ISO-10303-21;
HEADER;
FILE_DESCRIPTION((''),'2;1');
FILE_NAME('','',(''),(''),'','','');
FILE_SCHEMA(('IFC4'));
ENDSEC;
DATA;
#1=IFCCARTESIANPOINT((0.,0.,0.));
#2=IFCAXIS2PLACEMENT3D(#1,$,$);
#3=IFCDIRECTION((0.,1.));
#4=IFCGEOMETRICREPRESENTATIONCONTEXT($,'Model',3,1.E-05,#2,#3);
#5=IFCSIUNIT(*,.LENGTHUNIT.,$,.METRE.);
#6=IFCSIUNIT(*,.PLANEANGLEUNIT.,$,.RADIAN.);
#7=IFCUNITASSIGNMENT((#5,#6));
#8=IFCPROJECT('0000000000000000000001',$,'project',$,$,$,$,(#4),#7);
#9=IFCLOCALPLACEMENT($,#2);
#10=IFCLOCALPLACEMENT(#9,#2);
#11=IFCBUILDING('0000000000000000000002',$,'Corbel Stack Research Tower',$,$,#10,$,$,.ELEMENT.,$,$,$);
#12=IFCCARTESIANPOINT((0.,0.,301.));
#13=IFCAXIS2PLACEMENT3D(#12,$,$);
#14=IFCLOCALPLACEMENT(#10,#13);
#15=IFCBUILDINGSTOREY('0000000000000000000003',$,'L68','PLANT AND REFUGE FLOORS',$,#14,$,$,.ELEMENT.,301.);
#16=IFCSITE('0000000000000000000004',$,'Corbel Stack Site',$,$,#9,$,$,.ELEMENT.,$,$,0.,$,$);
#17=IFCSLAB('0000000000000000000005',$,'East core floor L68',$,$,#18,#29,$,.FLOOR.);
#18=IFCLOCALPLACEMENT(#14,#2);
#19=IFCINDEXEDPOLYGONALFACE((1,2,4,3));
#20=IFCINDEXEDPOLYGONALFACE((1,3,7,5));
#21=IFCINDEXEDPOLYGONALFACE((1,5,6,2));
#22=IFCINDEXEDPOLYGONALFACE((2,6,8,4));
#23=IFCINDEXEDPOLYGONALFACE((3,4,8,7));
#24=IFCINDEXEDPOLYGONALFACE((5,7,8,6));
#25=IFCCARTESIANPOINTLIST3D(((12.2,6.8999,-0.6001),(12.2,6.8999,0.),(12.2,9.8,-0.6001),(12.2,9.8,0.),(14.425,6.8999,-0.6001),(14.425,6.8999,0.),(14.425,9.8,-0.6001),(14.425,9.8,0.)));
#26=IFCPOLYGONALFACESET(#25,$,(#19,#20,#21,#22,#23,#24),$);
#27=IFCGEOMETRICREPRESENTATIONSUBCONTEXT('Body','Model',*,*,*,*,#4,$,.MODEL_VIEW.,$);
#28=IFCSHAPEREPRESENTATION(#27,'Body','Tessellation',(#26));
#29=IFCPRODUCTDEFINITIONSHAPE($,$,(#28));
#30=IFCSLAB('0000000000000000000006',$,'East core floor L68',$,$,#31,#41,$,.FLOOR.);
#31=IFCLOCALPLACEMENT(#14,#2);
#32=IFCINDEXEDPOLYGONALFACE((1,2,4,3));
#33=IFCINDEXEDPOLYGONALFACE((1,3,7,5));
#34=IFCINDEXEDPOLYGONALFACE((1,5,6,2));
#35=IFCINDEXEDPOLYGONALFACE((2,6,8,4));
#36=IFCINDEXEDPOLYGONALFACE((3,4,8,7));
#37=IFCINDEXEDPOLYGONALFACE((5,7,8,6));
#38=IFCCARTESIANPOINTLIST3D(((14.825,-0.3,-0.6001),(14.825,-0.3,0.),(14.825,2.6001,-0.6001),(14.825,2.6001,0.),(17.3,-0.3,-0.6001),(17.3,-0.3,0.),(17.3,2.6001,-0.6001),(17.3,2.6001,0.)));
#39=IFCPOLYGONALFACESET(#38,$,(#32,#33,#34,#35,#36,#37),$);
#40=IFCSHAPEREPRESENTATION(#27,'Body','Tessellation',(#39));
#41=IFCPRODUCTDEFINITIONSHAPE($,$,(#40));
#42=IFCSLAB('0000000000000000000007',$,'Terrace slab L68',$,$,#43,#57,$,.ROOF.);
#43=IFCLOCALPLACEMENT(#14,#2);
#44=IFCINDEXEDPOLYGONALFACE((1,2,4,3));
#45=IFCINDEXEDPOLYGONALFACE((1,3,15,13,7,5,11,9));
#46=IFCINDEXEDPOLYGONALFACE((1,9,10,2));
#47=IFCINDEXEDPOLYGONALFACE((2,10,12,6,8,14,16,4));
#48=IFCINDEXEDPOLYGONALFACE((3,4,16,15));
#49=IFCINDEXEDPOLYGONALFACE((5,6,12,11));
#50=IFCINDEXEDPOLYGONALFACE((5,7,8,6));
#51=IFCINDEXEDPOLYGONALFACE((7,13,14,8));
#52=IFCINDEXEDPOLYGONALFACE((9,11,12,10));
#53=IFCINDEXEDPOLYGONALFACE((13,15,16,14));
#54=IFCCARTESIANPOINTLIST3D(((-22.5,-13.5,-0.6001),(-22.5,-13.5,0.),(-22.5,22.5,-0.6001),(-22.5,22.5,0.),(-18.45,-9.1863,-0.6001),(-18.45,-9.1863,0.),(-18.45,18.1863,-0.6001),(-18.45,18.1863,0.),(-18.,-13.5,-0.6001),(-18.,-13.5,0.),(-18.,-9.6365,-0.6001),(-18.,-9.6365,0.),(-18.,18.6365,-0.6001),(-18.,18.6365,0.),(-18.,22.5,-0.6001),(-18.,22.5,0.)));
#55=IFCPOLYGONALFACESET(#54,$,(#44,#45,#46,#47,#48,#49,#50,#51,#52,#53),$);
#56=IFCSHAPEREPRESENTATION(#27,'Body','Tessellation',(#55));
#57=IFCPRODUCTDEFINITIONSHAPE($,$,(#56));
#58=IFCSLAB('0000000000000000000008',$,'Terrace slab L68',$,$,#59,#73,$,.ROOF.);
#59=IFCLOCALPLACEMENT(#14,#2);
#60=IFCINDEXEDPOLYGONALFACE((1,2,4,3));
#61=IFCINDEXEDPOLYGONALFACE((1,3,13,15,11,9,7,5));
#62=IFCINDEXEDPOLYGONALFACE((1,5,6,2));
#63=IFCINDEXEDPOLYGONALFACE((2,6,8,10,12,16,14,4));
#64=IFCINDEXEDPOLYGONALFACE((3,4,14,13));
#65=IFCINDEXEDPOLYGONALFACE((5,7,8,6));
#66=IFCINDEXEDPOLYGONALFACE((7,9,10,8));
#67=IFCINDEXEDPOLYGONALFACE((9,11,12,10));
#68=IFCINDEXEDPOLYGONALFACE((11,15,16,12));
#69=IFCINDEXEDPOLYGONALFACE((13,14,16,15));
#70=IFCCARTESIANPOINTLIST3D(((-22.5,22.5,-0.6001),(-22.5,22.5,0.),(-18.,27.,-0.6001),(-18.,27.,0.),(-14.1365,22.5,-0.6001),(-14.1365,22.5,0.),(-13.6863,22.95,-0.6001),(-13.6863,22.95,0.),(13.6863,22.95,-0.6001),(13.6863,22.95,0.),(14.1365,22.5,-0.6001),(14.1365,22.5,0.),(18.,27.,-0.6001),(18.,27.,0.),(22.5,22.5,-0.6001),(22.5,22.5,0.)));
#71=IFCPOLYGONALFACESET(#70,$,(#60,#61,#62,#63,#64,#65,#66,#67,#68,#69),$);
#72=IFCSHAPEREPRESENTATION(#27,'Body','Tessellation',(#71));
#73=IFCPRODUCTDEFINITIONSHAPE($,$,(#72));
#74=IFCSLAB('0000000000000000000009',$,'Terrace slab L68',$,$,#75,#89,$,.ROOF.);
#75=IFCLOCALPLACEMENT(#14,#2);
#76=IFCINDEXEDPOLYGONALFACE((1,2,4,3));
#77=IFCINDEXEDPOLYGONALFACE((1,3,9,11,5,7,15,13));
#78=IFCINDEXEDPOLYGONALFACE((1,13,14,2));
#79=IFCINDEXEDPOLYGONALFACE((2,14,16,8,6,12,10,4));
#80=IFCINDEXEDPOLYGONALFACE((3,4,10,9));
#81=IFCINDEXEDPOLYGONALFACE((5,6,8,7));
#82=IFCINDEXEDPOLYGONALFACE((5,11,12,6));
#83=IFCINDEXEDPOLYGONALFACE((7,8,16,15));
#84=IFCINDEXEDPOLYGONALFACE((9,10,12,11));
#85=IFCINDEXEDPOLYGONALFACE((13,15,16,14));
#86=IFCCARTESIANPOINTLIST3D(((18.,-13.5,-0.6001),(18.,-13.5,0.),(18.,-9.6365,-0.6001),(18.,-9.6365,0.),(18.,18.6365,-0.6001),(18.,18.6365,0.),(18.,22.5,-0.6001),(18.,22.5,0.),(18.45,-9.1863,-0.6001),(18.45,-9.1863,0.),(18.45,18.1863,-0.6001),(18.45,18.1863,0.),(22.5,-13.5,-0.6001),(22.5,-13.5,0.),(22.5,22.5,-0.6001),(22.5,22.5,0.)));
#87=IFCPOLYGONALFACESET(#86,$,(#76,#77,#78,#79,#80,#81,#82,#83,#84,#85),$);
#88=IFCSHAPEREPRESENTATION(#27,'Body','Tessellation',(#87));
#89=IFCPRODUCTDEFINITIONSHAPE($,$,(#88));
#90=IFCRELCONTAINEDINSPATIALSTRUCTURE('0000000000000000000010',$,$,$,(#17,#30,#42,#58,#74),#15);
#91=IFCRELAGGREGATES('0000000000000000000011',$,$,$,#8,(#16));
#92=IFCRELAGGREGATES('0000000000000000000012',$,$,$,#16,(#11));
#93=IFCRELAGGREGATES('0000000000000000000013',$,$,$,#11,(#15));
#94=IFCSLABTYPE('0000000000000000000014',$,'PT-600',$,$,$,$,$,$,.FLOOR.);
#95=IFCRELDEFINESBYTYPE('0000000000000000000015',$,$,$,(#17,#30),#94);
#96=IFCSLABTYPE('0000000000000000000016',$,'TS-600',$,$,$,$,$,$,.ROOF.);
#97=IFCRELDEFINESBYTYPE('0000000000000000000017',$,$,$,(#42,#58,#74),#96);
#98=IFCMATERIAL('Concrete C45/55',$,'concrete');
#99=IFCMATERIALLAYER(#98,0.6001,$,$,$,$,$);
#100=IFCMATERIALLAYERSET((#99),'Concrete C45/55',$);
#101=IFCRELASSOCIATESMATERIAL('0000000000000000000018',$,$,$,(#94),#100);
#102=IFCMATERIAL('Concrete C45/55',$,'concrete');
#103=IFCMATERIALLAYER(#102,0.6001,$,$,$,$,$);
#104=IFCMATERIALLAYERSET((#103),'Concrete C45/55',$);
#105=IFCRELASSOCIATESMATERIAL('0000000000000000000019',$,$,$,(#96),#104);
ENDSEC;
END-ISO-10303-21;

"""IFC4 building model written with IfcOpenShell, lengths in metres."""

from ifc_helpers import new_model, si_unit, direction, frame, origin, place, context, subcontext, project, spatial, polyline, outline, extrude, material, layer, layer_set, type_object, element, save


model = new_model("IFC4")

# Units and contexts
model_context = context("Model", 3, precision=1e-05, world=origin(), true_north=direction((0.0, 1.0)))
body_context = subcontext(model_context, "Body", "Model", "MODEL_VIEW")
ifc_project = project(units=[si_unit("LENGTHUNIT", "METRE"), si_unit("PLANEANGLEUNIT", "RADIAN")], contexts=[model_context])

# Site, building, storey
site_placement = place(None, origin())
site = spatial("IfcSite", under=ifc_project, at=site_placement, Name="Corbel Stack Site", CompositionType="ELEMENT", RefElevation=0.0)
building_placement = place(site_placement, origin())
building = spatial("IfcBuilding", under=site, at=building_placement, Name="Corbel Stack Research Tower", CompositionType="ELEMENT")
storey_placement = place(building_placement, frame((0.0, 0.0, 301.0)))
storey = spatial("IfcBuildingStorey", under=building, at=storey_placement, Name="L68", Description="PLANT AND REFUGE FLOORS", CompositionType="ELEMENT", Elevation=301.0)

# Slabs
ifc_material_1 = material(Name="Concrete C45/55", Category="concrete")
ifc_layer_1 = layer(ifc_material_1, 0.6001)
ifc_layer_set_1 = layer_set([ifc_layer_1], Name="Concrete C45/55")
slab_type_1 = type_object("IfcSlabType", Name="PT-600", PredefinedType="FLOOR", material=ifc_layer_set_1)
slab_1_placement = place(storey_placement, frame((0.0, 0.0, -0.6001)))
element("IfcSlab", 1, at=slab_1_placement, inside=storey, type_object=slab_type_1, Name="East core floor L68", PredefinedType="FLOOR", context=body_context, shape_type="SweptSolid", body=[
    extrude(outline(polyline([(14.425, 6.8999), (14.425, 9.8), (12.2, 9.8), (12.2, 6.8999), (14.425, 6.8999)])), origin(), (0.0, 0.0, 1.0), 0.6001),
])
slab_2_placement = place(storey_placement, frame((0.0, 0.0, -0.6001)))
element("IfcSlab", 2, at=slab_2_placement, inside=storey, type_object=slab_type_1, Name="East core floor L68", PredefinedType="FLOOR", context=body_context, shape_type="SweptSolid", body=[
    extrude(outline(polyline([(14.825, 2.6001), (14.825, -0.3), (17.3, -0.3), (17.3, 2.6001), (14.825, 2.6001)])), origin(), (0.0, 0.0, 1.0), 0.6001),
])
ifc_material_2 = material(Name="Concrete C45/55", Category="concrete")
ifc_layer_2 = layer(ifc_material_2, 0.6001)
ifc_layer_set_2 = layer_set([ifc_layer_2], Name="Concrete C45/55")
slab_type_2 = type_object("IfcSlabType", Name="TS-600", PredefinedType="ROOF", material=ifc_layer_set_2)
slab_3_placement = place(storey_placement, frame((0.0, 0.0, -0.6001)))
element("IfcSlab", 3, at=slab_3_placement, inside=storey, type_object=slab_type_2, Name="Terrace slab L68", PredefinedType="ROOF", context=body_context, shape_type="SweptSolid", body=[
    extrude(outline(polyline([(-18.0, -9.6365), (-18.45, -9.1863), (-18.45, 18.1863), (-18.0, 18.6365), (-18.0, 22.5), (-22.5, 22.5), (-22.5, -13.5), (-18.0, -13.5), (-18.0, -9.6365)])), origin(), (0.0, 0.0, 1.0), 0.6001),
])
slab_4_placement = place(storey_placement, frame((0.0, 0.0, -0.6001)))
element("IfcSlab", 4, at=slab_4_placement, inside=storey, type_object=slab_type_2, Name="Terrace slab L68", PredefinedType="ROOF", context=body_context, shape_type="SweptSolid", body=[
    extrude(outline(polyline([(-14.1365, 22.5), (-13.6863, 22.95), (13.6863, 22.95), (14.1365, 22.5), (22.5, 22.5), (18.0, 27.0), (-18.0, 27.0), (-22.5, 22.5), (-14.1365, 22.5)])), origin(), (0.0, 0.0, 1.0), 0.6001),
])
slab_5_placement = place(storey_placement, frame((0.0, 0.0, -0.6001)))
element("IfcSlab", 5, at=slab_5_placement, inside=storey, type_object=slab_type_2, Name="Terrace slab L68", PredefinedType="ROOF", context=body_context, shape_type="SweptSolid", body=[
    extrude(outline(polyline([(18.0, 18.6365), (18.45, 18.1863), (18.45, -9.1863), (18.0, -9.6365), (18.0, -13.5), (22.5, -13.5), (22.5, 22.5), (18.0, 22.5), (18.0, 18.6365)])), origin(), (0.0, 0.0, 1.0), 0.6001),
])

save(model, "model.ifc")
